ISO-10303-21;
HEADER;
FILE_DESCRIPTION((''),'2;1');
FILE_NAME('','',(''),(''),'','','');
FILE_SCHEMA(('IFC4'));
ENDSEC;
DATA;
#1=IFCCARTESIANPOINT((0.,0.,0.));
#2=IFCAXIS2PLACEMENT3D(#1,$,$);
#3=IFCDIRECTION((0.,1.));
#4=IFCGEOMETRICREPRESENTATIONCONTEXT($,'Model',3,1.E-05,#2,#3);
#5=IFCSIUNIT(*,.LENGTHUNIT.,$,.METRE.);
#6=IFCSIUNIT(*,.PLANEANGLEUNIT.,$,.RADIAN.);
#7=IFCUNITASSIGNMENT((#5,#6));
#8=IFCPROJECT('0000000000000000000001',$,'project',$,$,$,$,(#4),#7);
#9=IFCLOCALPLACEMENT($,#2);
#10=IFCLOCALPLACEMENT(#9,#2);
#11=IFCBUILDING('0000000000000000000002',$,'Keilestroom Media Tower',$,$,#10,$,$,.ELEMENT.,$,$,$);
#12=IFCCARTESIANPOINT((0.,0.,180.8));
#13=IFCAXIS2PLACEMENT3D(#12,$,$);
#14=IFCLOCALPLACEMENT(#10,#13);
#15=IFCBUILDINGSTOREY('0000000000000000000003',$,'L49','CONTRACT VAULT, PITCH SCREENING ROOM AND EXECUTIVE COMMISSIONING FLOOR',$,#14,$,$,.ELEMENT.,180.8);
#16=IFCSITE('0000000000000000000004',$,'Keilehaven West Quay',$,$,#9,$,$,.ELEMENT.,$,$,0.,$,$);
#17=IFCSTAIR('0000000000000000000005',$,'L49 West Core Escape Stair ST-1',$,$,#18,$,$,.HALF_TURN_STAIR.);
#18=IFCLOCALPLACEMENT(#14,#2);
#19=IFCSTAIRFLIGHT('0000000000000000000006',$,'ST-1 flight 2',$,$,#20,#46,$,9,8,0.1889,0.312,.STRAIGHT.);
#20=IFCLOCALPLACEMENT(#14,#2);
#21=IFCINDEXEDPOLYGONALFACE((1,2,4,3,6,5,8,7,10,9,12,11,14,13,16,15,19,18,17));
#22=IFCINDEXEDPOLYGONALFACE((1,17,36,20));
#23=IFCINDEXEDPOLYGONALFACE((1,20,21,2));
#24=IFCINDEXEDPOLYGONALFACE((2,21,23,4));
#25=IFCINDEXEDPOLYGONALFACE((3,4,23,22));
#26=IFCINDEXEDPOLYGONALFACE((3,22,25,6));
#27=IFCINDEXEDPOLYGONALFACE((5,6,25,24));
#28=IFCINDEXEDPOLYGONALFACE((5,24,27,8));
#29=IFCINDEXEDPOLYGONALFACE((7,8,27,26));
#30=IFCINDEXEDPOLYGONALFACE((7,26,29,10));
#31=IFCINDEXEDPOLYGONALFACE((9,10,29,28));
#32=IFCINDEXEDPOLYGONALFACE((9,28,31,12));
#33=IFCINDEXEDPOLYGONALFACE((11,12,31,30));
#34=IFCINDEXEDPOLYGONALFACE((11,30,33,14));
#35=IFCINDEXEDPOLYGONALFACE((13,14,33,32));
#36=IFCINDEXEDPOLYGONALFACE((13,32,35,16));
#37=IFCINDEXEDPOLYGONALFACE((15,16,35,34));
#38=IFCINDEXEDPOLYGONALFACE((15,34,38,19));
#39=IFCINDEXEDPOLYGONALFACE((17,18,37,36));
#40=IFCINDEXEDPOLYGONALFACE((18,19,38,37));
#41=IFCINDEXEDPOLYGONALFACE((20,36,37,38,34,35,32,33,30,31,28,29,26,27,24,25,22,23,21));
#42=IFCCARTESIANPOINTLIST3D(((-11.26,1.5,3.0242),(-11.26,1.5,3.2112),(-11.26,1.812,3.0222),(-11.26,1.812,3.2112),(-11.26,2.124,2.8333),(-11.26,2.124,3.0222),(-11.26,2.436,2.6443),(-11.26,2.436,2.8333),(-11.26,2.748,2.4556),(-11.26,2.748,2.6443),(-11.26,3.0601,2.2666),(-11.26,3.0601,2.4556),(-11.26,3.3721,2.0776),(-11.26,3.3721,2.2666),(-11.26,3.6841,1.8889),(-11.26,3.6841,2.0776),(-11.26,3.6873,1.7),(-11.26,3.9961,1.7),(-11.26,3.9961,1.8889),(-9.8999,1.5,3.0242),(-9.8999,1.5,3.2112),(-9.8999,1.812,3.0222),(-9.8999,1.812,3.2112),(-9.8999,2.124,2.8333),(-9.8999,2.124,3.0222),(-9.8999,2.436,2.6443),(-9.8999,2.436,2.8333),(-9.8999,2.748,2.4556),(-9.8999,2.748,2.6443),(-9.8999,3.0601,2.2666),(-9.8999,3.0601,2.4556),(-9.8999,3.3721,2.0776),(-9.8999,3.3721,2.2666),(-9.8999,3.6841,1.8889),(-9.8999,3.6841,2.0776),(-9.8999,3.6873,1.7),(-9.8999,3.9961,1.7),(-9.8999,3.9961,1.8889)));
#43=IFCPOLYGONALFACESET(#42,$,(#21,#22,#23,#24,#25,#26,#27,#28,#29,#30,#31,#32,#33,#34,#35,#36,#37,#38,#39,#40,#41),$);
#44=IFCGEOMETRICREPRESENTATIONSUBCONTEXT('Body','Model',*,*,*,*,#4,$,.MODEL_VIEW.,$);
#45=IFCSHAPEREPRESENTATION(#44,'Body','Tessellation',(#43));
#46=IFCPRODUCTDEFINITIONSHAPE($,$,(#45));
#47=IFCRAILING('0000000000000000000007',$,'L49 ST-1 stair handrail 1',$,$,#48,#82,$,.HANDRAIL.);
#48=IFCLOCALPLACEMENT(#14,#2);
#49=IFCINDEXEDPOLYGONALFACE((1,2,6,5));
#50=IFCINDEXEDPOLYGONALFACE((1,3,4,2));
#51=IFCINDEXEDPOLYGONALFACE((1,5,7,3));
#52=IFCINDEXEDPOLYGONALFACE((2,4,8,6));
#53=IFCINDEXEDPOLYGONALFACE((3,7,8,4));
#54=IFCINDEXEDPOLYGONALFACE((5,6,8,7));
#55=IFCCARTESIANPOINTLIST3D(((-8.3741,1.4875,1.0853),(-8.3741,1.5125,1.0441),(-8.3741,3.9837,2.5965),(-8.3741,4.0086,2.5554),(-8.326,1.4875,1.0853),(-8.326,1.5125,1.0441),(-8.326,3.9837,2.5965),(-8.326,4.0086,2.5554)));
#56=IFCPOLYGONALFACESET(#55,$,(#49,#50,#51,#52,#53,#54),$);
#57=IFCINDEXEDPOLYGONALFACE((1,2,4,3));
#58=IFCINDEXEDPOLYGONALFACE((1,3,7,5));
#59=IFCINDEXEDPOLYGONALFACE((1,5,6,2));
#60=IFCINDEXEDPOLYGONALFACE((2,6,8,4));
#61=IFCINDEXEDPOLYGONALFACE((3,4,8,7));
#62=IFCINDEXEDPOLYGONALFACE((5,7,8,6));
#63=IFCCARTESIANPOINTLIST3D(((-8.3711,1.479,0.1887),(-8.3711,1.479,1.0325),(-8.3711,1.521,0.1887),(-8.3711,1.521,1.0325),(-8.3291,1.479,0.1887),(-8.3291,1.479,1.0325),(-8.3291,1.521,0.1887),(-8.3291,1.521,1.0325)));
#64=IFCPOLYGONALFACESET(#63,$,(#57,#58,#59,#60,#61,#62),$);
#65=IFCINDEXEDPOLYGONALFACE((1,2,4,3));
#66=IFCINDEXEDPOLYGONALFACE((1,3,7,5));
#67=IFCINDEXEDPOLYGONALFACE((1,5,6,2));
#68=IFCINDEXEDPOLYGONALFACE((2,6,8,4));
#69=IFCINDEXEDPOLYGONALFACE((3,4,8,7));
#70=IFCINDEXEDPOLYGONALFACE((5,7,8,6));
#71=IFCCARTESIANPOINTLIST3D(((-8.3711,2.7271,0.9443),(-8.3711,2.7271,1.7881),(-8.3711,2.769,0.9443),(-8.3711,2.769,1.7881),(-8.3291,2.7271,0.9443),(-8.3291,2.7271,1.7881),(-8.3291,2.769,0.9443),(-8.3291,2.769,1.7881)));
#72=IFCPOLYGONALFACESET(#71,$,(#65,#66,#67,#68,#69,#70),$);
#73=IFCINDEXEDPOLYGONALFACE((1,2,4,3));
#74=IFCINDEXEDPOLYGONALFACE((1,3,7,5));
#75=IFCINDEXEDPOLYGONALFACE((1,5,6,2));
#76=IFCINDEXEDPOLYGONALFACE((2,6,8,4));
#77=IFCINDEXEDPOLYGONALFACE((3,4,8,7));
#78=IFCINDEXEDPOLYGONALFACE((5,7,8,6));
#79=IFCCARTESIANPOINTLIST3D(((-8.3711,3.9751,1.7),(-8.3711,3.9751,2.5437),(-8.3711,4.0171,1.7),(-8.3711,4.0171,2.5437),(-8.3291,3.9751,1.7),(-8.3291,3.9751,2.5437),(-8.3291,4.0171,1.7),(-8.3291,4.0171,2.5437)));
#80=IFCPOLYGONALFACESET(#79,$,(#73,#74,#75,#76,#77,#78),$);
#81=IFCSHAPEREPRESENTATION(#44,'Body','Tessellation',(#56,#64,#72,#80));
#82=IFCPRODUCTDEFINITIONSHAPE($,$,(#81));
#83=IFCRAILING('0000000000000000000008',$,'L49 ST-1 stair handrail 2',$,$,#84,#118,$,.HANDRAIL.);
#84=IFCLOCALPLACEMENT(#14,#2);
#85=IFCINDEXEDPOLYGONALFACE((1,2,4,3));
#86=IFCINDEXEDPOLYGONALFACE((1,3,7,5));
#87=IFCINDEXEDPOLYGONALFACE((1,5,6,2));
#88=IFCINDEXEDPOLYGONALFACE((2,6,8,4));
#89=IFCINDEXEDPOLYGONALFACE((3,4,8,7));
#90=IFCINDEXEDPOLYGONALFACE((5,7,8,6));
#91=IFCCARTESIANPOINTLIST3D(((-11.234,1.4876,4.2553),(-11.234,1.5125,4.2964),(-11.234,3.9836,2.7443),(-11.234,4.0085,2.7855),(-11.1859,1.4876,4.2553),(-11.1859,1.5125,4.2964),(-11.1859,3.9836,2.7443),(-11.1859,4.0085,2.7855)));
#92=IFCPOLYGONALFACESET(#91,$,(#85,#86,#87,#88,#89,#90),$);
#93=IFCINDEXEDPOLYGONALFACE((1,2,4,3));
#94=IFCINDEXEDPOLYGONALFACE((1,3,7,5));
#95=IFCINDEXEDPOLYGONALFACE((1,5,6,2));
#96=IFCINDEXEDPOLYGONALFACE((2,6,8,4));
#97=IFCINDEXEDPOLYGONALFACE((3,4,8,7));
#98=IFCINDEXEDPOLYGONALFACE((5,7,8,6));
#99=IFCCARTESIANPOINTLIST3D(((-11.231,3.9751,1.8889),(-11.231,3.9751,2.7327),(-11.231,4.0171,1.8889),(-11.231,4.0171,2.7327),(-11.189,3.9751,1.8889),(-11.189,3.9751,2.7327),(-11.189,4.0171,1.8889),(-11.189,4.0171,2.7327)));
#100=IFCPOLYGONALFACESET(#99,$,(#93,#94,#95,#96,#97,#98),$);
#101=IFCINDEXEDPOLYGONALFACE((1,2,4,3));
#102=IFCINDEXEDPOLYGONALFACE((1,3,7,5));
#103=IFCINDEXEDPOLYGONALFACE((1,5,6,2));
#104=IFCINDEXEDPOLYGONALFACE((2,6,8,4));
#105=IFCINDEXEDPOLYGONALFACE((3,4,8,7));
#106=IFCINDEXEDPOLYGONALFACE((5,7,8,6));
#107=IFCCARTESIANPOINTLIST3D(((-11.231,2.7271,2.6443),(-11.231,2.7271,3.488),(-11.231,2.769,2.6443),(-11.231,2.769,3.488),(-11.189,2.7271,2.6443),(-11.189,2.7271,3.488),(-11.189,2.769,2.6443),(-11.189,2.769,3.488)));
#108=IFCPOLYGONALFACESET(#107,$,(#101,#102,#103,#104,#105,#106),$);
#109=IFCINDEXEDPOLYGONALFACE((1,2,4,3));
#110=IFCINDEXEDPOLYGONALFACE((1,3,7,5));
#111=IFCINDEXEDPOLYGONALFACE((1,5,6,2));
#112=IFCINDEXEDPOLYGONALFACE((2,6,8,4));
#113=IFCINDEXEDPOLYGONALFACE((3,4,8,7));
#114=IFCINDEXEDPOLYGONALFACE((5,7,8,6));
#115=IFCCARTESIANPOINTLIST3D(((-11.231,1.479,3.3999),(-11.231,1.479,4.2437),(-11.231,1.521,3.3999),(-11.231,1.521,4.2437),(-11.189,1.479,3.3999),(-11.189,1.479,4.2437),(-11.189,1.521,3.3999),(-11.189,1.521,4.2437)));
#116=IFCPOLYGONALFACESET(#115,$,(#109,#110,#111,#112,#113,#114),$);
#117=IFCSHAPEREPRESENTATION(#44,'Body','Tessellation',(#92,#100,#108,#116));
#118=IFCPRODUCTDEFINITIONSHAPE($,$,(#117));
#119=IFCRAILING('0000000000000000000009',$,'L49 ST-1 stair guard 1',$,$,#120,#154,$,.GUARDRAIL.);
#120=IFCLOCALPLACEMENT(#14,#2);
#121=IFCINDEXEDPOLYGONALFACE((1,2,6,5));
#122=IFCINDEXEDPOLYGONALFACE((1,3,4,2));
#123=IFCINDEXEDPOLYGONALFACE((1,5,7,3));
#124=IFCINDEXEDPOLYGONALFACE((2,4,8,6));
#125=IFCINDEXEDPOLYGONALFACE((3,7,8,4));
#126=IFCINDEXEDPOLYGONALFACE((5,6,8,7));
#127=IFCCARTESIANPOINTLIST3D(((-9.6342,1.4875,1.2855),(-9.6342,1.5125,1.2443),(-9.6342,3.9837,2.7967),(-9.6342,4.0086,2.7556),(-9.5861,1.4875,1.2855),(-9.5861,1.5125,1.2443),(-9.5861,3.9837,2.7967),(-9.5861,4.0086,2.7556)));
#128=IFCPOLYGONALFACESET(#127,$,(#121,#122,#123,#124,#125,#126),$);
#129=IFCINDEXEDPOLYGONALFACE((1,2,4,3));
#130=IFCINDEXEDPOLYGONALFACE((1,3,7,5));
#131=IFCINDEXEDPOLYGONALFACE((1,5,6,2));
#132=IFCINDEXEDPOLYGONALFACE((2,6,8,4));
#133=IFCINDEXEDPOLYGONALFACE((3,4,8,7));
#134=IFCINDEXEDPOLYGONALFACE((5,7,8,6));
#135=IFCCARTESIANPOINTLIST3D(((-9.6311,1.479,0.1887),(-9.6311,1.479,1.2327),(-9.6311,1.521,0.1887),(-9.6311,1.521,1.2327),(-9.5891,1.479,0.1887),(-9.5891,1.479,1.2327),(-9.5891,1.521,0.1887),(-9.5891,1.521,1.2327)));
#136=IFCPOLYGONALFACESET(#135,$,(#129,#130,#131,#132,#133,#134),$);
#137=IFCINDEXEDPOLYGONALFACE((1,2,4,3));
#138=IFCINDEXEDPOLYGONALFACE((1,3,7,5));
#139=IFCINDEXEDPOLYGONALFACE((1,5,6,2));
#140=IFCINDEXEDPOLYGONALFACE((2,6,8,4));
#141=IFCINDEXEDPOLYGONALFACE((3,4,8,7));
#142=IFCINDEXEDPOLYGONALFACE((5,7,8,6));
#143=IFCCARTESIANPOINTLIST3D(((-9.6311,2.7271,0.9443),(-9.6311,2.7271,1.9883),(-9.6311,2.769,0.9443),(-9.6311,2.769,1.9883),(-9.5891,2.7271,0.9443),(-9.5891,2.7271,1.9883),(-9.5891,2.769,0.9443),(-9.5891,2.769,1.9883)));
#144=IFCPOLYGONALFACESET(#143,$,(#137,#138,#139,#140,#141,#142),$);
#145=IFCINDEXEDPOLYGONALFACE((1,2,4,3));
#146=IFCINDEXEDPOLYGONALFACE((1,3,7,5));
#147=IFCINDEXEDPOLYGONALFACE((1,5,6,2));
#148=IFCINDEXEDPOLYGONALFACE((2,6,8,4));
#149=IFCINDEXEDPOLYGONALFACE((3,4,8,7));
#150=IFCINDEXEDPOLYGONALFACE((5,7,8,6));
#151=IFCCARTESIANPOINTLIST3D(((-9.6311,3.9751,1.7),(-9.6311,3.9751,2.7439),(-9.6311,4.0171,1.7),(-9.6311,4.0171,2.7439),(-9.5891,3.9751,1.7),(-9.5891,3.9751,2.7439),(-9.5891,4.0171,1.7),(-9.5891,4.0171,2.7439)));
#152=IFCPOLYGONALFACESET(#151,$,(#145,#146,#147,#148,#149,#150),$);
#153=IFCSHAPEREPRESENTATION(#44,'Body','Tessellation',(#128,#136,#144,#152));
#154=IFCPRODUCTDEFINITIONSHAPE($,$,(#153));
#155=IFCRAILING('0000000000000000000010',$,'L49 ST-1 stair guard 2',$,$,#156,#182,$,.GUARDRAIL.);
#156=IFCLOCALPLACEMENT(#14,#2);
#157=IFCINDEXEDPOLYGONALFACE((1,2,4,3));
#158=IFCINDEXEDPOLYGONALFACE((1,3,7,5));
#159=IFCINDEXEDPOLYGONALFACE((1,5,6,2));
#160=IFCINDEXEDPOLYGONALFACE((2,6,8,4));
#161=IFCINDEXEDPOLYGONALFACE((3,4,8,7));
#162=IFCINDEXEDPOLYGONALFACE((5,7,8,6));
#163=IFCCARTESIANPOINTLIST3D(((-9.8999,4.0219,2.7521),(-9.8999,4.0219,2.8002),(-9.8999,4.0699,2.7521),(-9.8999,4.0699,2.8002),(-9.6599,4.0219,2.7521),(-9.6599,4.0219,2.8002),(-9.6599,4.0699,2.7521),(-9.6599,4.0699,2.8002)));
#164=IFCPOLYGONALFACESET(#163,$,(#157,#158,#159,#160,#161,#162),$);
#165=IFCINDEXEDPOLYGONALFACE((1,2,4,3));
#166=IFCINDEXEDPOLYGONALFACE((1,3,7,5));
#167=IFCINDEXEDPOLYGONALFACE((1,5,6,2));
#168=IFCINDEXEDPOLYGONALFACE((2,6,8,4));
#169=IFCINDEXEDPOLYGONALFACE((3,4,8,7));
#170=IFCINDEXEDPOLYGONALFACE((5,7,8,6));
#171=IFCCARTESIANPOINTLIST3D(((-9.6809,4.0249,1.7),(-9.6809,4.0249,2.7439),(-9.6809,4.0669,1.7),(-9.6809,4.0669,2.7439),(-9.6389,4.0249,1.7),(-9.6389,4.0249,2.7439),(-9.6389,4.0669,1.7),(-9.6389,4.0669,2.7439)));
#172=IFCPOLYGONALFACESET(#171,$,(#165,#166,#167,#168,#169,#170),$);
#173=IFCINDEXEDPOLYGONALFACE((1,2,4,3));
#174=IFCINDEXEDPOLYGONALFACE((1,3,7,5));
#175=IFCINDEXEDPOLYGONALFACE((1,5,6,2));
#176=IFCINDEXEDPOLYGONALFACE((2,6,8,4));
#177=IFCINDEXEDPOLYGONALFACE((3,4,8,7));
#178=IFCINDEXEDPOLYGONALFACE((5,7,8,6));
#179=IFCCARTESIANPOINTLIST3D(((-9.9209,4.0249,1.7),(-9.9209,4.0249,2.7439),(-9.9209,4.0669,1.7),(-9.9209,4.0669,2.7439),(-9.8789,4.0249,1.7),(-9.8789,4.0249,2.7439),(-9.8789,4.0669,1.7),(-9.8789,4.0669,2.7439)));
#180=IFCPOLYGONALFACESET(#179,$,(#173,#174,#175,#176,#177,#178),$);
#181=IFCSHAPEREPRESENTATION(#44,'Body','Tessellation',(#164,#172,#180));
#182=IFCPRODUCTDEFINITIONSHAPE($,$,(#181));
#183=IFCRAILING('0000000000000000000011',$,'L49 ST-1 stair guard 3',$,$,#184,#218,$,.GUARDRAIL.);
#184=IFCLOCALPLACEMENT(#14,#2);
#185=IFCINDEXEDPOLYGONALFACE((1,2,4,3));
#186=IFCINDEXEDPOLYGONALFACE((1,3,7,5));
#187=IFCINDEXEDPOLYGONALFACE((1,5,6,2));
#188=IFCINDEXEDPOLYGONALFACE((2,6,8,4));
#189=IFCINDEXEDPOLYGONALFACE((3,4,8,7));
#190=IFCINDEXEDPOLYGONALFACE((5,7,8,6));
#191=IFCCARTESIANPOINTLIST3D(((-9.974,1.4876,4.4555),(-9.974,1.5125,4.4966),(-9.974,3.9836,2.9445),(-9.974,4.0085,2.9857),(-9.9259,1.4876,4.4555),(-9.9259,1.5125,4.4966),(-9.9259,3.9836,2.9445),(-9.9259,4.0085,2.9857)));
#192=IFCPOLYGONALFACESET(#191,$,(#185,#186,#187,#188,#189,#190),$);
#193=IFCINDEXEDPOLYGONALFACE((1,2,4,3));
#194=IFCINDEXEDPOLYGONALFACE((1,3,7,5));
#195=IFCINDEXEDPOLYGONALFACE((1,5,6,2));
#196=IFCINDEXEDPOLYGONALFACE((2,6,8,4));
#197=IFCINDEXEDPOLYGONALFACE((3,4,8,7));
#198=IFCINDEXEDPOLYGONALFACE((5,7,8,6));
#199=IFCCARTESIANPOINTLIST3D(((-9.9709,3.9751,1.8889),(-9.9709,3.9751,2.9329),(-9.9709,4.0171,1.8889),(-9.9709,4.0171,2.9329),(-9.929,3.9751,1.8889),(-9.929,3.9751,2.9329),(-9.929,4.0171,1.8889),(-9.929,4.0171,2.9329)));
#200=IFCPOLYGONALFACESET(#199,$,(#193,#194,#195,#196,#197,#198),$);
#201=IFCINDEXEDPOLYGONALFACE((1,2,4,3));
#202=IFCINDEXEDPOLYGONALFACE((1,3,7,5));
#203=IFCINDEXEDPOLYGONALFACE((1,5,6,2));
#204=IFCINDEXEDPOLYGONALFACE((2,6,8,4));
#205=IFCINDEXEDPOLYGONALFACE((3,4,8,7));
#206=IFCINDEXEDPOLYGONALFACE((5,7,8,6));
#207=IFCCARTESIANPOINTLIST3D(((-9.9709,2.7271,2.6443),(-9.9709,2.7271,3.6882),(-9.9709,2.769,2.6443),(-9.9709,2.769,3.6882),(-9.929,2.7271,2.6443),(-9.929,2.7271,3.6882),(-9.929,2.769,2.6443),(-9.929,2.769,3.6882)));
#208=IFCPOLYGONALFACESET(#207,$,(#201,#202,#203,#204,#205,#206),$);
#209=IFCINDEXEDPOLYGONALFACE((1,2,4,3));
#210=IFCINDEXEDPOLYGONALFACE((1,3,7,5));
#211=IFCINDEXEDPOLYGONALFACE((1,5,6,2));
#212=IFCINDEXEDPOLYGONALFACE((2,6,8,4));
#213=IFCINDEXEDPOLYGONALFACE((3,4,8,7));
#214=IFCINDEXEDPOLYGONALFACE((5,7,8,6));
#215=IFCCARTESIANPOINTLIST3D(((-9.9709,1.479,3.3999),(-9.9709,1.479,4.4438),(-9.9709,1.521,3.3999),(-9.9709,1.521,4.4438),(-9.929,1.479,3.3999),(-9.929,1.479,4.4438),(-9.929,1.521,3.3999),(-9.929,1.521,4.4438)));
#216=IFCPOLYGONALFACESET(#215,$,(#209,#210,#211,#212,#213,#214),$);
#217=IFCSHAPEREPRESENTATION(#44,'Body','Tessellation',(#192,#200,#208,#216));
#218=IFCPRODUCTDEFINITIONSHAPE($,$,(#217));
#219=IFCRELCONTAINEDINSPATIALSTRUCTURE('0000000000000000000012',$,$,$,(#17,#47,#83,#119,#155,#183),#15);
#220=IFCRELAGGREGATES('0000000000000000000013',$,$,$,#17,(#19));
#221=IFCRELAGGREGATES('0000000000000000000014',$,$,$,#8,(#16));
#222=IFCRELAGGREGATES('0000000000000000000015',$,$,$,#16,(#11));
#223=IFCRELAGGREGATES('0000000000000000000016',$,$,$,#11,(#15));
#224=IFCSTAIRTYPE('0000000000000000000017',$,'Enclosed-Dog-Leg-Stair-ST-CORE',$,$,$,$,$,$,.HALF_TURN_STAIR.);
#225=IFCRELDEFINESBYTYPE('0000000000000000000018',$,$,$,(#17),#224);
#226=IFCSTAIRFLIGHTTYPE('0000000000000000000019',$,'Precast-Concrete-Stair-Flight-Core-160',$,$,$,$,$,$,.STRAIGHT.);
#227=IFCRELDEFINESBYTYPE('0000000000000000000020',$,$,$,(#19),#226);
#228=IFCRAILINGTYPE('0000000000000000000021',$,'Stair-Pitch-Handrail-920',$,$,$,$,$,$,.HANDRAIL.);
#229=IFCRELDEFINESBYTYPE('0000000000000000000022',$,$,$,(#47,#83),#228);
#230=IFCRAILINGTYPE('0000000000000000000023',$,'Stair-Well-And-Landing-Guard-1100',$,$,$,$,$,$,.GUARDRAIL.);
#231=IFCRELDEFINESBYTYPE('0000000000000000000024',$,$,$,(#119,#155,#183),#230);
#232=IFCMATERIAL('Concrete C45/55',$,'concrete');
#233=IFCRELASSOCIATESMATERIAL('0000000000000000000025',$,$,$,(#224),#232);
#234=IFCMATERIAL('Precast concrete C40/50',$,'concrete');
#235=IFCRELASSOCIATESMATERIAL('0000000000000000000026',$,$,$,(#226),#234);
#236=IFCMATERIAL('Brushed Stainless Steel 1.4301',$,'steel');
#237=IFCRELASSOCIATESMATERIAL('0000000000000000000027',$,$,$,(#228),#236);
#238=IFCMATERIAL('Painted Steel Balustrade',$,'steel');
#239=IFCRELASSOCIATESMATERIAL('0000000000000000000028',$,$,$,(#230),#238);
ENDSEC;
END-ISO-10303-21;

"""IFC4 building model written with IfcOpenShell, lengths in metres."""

from ifc_helpers import new_model, si_unit, direction, frame, origin, origin_2d, place, context, subcontext, project, spatial, polyline, rectangle, outline, extrude, material, type_object, element, aggregate, save


model = new_model("IFC4")

# Units and contexts
model_context = context("Model", 3, precision=1e-05, world=origin(), true_north=direction((0.0, 1.0)))
body_context = subcontext(model_context, "Body", "Model", "MODEL_VIEW")
ifc_project = project(units=[si_unit("LENGTHUNIT", "METRE"), si_unit("PLANEANGLEUNIT", "RADIAN")], contexts=[model_context])

# Site, building, storey
site_placement = place(None, origin())
site = spatial("IfcSite", under=ifc_project, at=site_placement, Name="Keilehaven West Quay", CompositionType="ELEMENT", RefElevation=0.0)
building_placement = place(site_placement, origin())
building = spatial("IfcBuilding", under=site, at=building_placement, Name="Keilestroom Media Tower", CompositionType="ELEMENT")
storey_placement = place(building_placement, frame((0.0, 0.0, 180.8)))
storey = spatial("IfcBuildingStorey", under=building, at=storey_placement, Name="L49", Description="CONTRACT VAULT, PITCH SCREENING ROOM AND EXECUTIVE COMMISSIONING FLOOR", CompositionType="ELEMENT", Elevation=180.8)

# Stair
ifc_material_1 = material(Name="Concrete C45/55", Category="concrete")
stair_type = type_object("IfcStairType", Name="Enclosed-Dog-Leg-Stair-ST-CORE", PredefinedType="HALF_TURN_STAIR", material=ifc_material_1)
stair_placement = place(storey_placement, origin())
stair = element("IfcStair", 1, at=stair_placement, inside=storey, type_object=stair_type, Name="L49 West Core Escape Stair ST-1", PredefinedType="HALF_TURN_STAIR")

# Shared definitions
ifc_material_2 = material(Name="Precast concrete C40/50", Category="concrete")

# Stair flight
stair_flight_type = type_object("IfcStairFlightType", Name="Precast-Concrete-Stair-Flight-Core-160", PredefinedType="STRAIGHT", material=ifc_material_2)
stair_flight_1_placement = place(storey_placement, frame((-10.5801, 3.9961, 1.7), z_axis=(0.0, 0.0, 1.0), x_axis=(0.0, -1.0, 0.0)))
stair_flight_1 = element("IfcStairFlight", 2, at=stair_flight_1_placement, type_object=stair_flight_type, Name="ST-1 flight 2", NumberOfRisers=9, NumberOfTreads=8, PredefinedType="STRAIGHT", RiserHeight=0.1889, TreadLength=0.312, context=body_context, shape_type="SweptSolid", body=[
    extrude(outline(polyline([(0.0, 0.0), (0.0, 0.189), (0.312, 0.189), (0.312, 0.3777), (0.624, 0.3777), (0.624, 0.5667), (0.936, 0.5667), (0.936, 0.7556), (1.248, 0.7556), (1.248, 0.9443), (1.5601, 0.9443), (1.5601, 1.1333), (1.8721, 1.1333), (1.8721, 1.3223), (2.1841, 1.3223), (2.1841, 1.5112), (2.4961, 1.5112), (2.4961, 1.7), (2.4961, 1.3242), (0.3088, 0.0), (0.0, 0.0)])), frame((0.0, 0.6802, 0.0), z_axis=(0.0, -1.0, 0.0), x_axis=(1.0, 0.0, 0.0)), (0.0, 0.0, 1.0), 1.3601),
])
aggregate(stair, [stair_flight_1])

# Railings
ifc_material_3 = material(Name="Brushed Stainless Steel 1.4301", Category="steel")
railing_type_1 = type_object("IfcRailingType", Name="Stair-Pitch-Handrail-920", PredefinedType="HANDRAIL", material=ifc_material_3)
railing_1_placement = place(storey_placement, frame((-8.3501, 1.5, 0.1887)))
element("IfcRailing", 3, at=railing_1_placement, inside=storey, type_object=railing_type_1, Name="L49 ST-1 stair handrail 1", PredefinedType="HANDRAIL", context=body_context, shape_type="SweptSolid", body=[
    extrude(rectangle(XDim=0.0481, YDim=0.0481, at=origin_2d()), frame((0.0, 0.0, 0.876), z_axis=(0.0, 0.855434, 0.517912), x_axis=(-1.0, 0.0, 0.0)), (0.0, 0.0, 1.0), 2.918),
    extrude(rectangle(XDim=0.042, YDim=0.042, at=origin_2d()), origin(), (0.0, 0.0, 1.0), 0.8438),
    extrude(rectangle(XDim=0.042, YDim=0.042, at=origin_2d()), frame((0.0, 1.248, 0.7556)), (0.0, 0.0, 1.0), 0.8438),
    extrude(rectangle(XDim=0.042, YDim=0.042, at=origin_2d()), frame((0.0, 2.4961, 1.5112)), (0.0, 0.0, 1.0), 0.8438),
])
railing_2_placement = place(storey_placement, frame((-11.21, 3.9961, 1.8889)))
element("IfcRailing", 4, at=railing_2_placement, inside=storey, type_object=railing_type_1, Name="L49 ST-1 stair handrail 2", PredefinedType="HANDRAIL", context=body_context, shape_type="SweptSolid", body=[
    extrude(rectangle(XDim=0.0481, YDim=0.0481, at=origin_2d()), frame((0.0, 0.0, 0.876), z_axis=(0.0, -0.855471, 0.517851), x_axis=(1.0, 0.0, 0.0)), (0.0, 0.0, 1.0), 2.9177),
    extrude(rectangle(XDim=0.042, YDim=0.042, at=origin_2d()), origin(), (0.0, 0.0, 1.0), 0.8438),
    extrude(rectangle(XDim=0.042, YDim=0.042, at=origin_2d()), frame((0.0, -1.248, 0.7554)), (0.0, 0.0, 1.0), 0.8438),
    extrude(rectangle(XDim=0.042, YDim=0.042, at=origin_2d()), frame((0.0, -2.4961, 1.511)), (0.0, 0.0, 1.0), 0.8438),
])
ifc_material_4 = material(Name="Painted Steel Balustrade", Category="steel")
railing_type_2 = type_object("IfcRailingType", Name="Stair-Well-And-Landing-Guard-1100", PredefinedType="GUARDRAIL", material=ifc_material_4)
railing_3_placement = place(storey_placement, frame((-9.6101, 1.5, 0.1887)))
element("IfcRailing", 5, at=railing_3_placement, inside=storey, type_object=railing_type_2, Name="L49 ST-1 stair guard 1", PredefinedType="GUARDRAIL", context=body_context, shape_type="SweptSolid", body=[
    extrude(rectangle(XDim=0.0481, YDim=0.0481, at=origin_2d()), frame((0.0, 0.0, 1.0762), z_axis=(0.0, 0.855434, 0.517912), x_axis=(-1.0, 0.0, 0.0)), (0.0, 0.0, 1.0), 2.918),
    extrude(rectangle(XDim=0.042, YDim=0.042, at=origin_2d()), origin(), (0.0, 0.0, 1.0), 1.0439),
    extrude(rectangle(XDim=0.042, YDim=0.042, at=origin_2d()), frame((0.0, 1.248, 0.7556)), (0.0, 0.0, 1.0), 1.0439),
    extrude(rectangle(XDim=0.042, YDim=0.042, at=origin_2d()), frame((0.0, 2.4961, 1.5112)), (0.0, 0.0, 1.0), 1.0439),
])
railing_4_placement = place(storey_placement, frame((-9.6599, 4.0459, 1.7)))
element("IfcRailing", 6, at=railing_4_placement, inside=storey, type_object=railing_type_2, Name="L49 ST-1 stair guard 2", PredefinedType="GUARDRAIL", context=body_context, shape_type="SweptSolid", body=[
    extrude(rectangle(XDim=0.0481, YDim=0.0481, at=origin_2d()), frame((0.0, 0.0, 1.0762), z_axis=(-1.0, 0.0, 0.0), x_axis=(0.0, -1.0, 0.0)), (0.0, 0.0, 1.0), 0.24),
    extrude(rectangle(XDim=0.042, YDim=0.042, at=origin_2d()), origin(), (0.0, 0.0, 1.0), 1.0439),
    extrude(rectangle(XDim=0.042, YDim=0.042, at=origin_2d()), frame((-0.24, 0.0, 0.0)), (0.0, 0.0, 1.0), 1.0439),
])
railing_5_placement = place(storey_placement, frame((-9.95, 3.9961, 1.8889)))
element("IfcRailing", 7, at=railing_5_placement, inside=storey, type_object=railing_type_2, Name="L49 ST-1 stair guard 3", PredefinedType="GUARDRAIL", context=body_context, shape_type="SweptSolid", body=[
    extrude(rectangle(XDim=0.0481, YDim=0.0481, at=origin_2d()), frame((0.0, 0.0, 1.0762), z_axis=(0.0, -0.855471, 0.517851), x_axis=(1.0, 0.0, 0.0)), (0.0, 0.0, 1.0), 2.9177),
    extrude(rectangle(XDim=0.042, YDim=0.042, at=origin_2d()), origin(), (0.0, 0.0, 1.0), 1.0439),
    extrude(rectangle(XDim=0.042, YDim=0.042, at=origin_2d()), frame((0.0, -1.248, 0.7554)), (0.0, 0.0, 1.0), 1.0439),
    extrude(rectangle(XDim=0.042, YDim=0.042, at=origin_2d()), frame((0.0, -2.4961, 1.511)), (0.0, 0.0, 1.0), 1.0439),
])

save(model, "model.ifc")
